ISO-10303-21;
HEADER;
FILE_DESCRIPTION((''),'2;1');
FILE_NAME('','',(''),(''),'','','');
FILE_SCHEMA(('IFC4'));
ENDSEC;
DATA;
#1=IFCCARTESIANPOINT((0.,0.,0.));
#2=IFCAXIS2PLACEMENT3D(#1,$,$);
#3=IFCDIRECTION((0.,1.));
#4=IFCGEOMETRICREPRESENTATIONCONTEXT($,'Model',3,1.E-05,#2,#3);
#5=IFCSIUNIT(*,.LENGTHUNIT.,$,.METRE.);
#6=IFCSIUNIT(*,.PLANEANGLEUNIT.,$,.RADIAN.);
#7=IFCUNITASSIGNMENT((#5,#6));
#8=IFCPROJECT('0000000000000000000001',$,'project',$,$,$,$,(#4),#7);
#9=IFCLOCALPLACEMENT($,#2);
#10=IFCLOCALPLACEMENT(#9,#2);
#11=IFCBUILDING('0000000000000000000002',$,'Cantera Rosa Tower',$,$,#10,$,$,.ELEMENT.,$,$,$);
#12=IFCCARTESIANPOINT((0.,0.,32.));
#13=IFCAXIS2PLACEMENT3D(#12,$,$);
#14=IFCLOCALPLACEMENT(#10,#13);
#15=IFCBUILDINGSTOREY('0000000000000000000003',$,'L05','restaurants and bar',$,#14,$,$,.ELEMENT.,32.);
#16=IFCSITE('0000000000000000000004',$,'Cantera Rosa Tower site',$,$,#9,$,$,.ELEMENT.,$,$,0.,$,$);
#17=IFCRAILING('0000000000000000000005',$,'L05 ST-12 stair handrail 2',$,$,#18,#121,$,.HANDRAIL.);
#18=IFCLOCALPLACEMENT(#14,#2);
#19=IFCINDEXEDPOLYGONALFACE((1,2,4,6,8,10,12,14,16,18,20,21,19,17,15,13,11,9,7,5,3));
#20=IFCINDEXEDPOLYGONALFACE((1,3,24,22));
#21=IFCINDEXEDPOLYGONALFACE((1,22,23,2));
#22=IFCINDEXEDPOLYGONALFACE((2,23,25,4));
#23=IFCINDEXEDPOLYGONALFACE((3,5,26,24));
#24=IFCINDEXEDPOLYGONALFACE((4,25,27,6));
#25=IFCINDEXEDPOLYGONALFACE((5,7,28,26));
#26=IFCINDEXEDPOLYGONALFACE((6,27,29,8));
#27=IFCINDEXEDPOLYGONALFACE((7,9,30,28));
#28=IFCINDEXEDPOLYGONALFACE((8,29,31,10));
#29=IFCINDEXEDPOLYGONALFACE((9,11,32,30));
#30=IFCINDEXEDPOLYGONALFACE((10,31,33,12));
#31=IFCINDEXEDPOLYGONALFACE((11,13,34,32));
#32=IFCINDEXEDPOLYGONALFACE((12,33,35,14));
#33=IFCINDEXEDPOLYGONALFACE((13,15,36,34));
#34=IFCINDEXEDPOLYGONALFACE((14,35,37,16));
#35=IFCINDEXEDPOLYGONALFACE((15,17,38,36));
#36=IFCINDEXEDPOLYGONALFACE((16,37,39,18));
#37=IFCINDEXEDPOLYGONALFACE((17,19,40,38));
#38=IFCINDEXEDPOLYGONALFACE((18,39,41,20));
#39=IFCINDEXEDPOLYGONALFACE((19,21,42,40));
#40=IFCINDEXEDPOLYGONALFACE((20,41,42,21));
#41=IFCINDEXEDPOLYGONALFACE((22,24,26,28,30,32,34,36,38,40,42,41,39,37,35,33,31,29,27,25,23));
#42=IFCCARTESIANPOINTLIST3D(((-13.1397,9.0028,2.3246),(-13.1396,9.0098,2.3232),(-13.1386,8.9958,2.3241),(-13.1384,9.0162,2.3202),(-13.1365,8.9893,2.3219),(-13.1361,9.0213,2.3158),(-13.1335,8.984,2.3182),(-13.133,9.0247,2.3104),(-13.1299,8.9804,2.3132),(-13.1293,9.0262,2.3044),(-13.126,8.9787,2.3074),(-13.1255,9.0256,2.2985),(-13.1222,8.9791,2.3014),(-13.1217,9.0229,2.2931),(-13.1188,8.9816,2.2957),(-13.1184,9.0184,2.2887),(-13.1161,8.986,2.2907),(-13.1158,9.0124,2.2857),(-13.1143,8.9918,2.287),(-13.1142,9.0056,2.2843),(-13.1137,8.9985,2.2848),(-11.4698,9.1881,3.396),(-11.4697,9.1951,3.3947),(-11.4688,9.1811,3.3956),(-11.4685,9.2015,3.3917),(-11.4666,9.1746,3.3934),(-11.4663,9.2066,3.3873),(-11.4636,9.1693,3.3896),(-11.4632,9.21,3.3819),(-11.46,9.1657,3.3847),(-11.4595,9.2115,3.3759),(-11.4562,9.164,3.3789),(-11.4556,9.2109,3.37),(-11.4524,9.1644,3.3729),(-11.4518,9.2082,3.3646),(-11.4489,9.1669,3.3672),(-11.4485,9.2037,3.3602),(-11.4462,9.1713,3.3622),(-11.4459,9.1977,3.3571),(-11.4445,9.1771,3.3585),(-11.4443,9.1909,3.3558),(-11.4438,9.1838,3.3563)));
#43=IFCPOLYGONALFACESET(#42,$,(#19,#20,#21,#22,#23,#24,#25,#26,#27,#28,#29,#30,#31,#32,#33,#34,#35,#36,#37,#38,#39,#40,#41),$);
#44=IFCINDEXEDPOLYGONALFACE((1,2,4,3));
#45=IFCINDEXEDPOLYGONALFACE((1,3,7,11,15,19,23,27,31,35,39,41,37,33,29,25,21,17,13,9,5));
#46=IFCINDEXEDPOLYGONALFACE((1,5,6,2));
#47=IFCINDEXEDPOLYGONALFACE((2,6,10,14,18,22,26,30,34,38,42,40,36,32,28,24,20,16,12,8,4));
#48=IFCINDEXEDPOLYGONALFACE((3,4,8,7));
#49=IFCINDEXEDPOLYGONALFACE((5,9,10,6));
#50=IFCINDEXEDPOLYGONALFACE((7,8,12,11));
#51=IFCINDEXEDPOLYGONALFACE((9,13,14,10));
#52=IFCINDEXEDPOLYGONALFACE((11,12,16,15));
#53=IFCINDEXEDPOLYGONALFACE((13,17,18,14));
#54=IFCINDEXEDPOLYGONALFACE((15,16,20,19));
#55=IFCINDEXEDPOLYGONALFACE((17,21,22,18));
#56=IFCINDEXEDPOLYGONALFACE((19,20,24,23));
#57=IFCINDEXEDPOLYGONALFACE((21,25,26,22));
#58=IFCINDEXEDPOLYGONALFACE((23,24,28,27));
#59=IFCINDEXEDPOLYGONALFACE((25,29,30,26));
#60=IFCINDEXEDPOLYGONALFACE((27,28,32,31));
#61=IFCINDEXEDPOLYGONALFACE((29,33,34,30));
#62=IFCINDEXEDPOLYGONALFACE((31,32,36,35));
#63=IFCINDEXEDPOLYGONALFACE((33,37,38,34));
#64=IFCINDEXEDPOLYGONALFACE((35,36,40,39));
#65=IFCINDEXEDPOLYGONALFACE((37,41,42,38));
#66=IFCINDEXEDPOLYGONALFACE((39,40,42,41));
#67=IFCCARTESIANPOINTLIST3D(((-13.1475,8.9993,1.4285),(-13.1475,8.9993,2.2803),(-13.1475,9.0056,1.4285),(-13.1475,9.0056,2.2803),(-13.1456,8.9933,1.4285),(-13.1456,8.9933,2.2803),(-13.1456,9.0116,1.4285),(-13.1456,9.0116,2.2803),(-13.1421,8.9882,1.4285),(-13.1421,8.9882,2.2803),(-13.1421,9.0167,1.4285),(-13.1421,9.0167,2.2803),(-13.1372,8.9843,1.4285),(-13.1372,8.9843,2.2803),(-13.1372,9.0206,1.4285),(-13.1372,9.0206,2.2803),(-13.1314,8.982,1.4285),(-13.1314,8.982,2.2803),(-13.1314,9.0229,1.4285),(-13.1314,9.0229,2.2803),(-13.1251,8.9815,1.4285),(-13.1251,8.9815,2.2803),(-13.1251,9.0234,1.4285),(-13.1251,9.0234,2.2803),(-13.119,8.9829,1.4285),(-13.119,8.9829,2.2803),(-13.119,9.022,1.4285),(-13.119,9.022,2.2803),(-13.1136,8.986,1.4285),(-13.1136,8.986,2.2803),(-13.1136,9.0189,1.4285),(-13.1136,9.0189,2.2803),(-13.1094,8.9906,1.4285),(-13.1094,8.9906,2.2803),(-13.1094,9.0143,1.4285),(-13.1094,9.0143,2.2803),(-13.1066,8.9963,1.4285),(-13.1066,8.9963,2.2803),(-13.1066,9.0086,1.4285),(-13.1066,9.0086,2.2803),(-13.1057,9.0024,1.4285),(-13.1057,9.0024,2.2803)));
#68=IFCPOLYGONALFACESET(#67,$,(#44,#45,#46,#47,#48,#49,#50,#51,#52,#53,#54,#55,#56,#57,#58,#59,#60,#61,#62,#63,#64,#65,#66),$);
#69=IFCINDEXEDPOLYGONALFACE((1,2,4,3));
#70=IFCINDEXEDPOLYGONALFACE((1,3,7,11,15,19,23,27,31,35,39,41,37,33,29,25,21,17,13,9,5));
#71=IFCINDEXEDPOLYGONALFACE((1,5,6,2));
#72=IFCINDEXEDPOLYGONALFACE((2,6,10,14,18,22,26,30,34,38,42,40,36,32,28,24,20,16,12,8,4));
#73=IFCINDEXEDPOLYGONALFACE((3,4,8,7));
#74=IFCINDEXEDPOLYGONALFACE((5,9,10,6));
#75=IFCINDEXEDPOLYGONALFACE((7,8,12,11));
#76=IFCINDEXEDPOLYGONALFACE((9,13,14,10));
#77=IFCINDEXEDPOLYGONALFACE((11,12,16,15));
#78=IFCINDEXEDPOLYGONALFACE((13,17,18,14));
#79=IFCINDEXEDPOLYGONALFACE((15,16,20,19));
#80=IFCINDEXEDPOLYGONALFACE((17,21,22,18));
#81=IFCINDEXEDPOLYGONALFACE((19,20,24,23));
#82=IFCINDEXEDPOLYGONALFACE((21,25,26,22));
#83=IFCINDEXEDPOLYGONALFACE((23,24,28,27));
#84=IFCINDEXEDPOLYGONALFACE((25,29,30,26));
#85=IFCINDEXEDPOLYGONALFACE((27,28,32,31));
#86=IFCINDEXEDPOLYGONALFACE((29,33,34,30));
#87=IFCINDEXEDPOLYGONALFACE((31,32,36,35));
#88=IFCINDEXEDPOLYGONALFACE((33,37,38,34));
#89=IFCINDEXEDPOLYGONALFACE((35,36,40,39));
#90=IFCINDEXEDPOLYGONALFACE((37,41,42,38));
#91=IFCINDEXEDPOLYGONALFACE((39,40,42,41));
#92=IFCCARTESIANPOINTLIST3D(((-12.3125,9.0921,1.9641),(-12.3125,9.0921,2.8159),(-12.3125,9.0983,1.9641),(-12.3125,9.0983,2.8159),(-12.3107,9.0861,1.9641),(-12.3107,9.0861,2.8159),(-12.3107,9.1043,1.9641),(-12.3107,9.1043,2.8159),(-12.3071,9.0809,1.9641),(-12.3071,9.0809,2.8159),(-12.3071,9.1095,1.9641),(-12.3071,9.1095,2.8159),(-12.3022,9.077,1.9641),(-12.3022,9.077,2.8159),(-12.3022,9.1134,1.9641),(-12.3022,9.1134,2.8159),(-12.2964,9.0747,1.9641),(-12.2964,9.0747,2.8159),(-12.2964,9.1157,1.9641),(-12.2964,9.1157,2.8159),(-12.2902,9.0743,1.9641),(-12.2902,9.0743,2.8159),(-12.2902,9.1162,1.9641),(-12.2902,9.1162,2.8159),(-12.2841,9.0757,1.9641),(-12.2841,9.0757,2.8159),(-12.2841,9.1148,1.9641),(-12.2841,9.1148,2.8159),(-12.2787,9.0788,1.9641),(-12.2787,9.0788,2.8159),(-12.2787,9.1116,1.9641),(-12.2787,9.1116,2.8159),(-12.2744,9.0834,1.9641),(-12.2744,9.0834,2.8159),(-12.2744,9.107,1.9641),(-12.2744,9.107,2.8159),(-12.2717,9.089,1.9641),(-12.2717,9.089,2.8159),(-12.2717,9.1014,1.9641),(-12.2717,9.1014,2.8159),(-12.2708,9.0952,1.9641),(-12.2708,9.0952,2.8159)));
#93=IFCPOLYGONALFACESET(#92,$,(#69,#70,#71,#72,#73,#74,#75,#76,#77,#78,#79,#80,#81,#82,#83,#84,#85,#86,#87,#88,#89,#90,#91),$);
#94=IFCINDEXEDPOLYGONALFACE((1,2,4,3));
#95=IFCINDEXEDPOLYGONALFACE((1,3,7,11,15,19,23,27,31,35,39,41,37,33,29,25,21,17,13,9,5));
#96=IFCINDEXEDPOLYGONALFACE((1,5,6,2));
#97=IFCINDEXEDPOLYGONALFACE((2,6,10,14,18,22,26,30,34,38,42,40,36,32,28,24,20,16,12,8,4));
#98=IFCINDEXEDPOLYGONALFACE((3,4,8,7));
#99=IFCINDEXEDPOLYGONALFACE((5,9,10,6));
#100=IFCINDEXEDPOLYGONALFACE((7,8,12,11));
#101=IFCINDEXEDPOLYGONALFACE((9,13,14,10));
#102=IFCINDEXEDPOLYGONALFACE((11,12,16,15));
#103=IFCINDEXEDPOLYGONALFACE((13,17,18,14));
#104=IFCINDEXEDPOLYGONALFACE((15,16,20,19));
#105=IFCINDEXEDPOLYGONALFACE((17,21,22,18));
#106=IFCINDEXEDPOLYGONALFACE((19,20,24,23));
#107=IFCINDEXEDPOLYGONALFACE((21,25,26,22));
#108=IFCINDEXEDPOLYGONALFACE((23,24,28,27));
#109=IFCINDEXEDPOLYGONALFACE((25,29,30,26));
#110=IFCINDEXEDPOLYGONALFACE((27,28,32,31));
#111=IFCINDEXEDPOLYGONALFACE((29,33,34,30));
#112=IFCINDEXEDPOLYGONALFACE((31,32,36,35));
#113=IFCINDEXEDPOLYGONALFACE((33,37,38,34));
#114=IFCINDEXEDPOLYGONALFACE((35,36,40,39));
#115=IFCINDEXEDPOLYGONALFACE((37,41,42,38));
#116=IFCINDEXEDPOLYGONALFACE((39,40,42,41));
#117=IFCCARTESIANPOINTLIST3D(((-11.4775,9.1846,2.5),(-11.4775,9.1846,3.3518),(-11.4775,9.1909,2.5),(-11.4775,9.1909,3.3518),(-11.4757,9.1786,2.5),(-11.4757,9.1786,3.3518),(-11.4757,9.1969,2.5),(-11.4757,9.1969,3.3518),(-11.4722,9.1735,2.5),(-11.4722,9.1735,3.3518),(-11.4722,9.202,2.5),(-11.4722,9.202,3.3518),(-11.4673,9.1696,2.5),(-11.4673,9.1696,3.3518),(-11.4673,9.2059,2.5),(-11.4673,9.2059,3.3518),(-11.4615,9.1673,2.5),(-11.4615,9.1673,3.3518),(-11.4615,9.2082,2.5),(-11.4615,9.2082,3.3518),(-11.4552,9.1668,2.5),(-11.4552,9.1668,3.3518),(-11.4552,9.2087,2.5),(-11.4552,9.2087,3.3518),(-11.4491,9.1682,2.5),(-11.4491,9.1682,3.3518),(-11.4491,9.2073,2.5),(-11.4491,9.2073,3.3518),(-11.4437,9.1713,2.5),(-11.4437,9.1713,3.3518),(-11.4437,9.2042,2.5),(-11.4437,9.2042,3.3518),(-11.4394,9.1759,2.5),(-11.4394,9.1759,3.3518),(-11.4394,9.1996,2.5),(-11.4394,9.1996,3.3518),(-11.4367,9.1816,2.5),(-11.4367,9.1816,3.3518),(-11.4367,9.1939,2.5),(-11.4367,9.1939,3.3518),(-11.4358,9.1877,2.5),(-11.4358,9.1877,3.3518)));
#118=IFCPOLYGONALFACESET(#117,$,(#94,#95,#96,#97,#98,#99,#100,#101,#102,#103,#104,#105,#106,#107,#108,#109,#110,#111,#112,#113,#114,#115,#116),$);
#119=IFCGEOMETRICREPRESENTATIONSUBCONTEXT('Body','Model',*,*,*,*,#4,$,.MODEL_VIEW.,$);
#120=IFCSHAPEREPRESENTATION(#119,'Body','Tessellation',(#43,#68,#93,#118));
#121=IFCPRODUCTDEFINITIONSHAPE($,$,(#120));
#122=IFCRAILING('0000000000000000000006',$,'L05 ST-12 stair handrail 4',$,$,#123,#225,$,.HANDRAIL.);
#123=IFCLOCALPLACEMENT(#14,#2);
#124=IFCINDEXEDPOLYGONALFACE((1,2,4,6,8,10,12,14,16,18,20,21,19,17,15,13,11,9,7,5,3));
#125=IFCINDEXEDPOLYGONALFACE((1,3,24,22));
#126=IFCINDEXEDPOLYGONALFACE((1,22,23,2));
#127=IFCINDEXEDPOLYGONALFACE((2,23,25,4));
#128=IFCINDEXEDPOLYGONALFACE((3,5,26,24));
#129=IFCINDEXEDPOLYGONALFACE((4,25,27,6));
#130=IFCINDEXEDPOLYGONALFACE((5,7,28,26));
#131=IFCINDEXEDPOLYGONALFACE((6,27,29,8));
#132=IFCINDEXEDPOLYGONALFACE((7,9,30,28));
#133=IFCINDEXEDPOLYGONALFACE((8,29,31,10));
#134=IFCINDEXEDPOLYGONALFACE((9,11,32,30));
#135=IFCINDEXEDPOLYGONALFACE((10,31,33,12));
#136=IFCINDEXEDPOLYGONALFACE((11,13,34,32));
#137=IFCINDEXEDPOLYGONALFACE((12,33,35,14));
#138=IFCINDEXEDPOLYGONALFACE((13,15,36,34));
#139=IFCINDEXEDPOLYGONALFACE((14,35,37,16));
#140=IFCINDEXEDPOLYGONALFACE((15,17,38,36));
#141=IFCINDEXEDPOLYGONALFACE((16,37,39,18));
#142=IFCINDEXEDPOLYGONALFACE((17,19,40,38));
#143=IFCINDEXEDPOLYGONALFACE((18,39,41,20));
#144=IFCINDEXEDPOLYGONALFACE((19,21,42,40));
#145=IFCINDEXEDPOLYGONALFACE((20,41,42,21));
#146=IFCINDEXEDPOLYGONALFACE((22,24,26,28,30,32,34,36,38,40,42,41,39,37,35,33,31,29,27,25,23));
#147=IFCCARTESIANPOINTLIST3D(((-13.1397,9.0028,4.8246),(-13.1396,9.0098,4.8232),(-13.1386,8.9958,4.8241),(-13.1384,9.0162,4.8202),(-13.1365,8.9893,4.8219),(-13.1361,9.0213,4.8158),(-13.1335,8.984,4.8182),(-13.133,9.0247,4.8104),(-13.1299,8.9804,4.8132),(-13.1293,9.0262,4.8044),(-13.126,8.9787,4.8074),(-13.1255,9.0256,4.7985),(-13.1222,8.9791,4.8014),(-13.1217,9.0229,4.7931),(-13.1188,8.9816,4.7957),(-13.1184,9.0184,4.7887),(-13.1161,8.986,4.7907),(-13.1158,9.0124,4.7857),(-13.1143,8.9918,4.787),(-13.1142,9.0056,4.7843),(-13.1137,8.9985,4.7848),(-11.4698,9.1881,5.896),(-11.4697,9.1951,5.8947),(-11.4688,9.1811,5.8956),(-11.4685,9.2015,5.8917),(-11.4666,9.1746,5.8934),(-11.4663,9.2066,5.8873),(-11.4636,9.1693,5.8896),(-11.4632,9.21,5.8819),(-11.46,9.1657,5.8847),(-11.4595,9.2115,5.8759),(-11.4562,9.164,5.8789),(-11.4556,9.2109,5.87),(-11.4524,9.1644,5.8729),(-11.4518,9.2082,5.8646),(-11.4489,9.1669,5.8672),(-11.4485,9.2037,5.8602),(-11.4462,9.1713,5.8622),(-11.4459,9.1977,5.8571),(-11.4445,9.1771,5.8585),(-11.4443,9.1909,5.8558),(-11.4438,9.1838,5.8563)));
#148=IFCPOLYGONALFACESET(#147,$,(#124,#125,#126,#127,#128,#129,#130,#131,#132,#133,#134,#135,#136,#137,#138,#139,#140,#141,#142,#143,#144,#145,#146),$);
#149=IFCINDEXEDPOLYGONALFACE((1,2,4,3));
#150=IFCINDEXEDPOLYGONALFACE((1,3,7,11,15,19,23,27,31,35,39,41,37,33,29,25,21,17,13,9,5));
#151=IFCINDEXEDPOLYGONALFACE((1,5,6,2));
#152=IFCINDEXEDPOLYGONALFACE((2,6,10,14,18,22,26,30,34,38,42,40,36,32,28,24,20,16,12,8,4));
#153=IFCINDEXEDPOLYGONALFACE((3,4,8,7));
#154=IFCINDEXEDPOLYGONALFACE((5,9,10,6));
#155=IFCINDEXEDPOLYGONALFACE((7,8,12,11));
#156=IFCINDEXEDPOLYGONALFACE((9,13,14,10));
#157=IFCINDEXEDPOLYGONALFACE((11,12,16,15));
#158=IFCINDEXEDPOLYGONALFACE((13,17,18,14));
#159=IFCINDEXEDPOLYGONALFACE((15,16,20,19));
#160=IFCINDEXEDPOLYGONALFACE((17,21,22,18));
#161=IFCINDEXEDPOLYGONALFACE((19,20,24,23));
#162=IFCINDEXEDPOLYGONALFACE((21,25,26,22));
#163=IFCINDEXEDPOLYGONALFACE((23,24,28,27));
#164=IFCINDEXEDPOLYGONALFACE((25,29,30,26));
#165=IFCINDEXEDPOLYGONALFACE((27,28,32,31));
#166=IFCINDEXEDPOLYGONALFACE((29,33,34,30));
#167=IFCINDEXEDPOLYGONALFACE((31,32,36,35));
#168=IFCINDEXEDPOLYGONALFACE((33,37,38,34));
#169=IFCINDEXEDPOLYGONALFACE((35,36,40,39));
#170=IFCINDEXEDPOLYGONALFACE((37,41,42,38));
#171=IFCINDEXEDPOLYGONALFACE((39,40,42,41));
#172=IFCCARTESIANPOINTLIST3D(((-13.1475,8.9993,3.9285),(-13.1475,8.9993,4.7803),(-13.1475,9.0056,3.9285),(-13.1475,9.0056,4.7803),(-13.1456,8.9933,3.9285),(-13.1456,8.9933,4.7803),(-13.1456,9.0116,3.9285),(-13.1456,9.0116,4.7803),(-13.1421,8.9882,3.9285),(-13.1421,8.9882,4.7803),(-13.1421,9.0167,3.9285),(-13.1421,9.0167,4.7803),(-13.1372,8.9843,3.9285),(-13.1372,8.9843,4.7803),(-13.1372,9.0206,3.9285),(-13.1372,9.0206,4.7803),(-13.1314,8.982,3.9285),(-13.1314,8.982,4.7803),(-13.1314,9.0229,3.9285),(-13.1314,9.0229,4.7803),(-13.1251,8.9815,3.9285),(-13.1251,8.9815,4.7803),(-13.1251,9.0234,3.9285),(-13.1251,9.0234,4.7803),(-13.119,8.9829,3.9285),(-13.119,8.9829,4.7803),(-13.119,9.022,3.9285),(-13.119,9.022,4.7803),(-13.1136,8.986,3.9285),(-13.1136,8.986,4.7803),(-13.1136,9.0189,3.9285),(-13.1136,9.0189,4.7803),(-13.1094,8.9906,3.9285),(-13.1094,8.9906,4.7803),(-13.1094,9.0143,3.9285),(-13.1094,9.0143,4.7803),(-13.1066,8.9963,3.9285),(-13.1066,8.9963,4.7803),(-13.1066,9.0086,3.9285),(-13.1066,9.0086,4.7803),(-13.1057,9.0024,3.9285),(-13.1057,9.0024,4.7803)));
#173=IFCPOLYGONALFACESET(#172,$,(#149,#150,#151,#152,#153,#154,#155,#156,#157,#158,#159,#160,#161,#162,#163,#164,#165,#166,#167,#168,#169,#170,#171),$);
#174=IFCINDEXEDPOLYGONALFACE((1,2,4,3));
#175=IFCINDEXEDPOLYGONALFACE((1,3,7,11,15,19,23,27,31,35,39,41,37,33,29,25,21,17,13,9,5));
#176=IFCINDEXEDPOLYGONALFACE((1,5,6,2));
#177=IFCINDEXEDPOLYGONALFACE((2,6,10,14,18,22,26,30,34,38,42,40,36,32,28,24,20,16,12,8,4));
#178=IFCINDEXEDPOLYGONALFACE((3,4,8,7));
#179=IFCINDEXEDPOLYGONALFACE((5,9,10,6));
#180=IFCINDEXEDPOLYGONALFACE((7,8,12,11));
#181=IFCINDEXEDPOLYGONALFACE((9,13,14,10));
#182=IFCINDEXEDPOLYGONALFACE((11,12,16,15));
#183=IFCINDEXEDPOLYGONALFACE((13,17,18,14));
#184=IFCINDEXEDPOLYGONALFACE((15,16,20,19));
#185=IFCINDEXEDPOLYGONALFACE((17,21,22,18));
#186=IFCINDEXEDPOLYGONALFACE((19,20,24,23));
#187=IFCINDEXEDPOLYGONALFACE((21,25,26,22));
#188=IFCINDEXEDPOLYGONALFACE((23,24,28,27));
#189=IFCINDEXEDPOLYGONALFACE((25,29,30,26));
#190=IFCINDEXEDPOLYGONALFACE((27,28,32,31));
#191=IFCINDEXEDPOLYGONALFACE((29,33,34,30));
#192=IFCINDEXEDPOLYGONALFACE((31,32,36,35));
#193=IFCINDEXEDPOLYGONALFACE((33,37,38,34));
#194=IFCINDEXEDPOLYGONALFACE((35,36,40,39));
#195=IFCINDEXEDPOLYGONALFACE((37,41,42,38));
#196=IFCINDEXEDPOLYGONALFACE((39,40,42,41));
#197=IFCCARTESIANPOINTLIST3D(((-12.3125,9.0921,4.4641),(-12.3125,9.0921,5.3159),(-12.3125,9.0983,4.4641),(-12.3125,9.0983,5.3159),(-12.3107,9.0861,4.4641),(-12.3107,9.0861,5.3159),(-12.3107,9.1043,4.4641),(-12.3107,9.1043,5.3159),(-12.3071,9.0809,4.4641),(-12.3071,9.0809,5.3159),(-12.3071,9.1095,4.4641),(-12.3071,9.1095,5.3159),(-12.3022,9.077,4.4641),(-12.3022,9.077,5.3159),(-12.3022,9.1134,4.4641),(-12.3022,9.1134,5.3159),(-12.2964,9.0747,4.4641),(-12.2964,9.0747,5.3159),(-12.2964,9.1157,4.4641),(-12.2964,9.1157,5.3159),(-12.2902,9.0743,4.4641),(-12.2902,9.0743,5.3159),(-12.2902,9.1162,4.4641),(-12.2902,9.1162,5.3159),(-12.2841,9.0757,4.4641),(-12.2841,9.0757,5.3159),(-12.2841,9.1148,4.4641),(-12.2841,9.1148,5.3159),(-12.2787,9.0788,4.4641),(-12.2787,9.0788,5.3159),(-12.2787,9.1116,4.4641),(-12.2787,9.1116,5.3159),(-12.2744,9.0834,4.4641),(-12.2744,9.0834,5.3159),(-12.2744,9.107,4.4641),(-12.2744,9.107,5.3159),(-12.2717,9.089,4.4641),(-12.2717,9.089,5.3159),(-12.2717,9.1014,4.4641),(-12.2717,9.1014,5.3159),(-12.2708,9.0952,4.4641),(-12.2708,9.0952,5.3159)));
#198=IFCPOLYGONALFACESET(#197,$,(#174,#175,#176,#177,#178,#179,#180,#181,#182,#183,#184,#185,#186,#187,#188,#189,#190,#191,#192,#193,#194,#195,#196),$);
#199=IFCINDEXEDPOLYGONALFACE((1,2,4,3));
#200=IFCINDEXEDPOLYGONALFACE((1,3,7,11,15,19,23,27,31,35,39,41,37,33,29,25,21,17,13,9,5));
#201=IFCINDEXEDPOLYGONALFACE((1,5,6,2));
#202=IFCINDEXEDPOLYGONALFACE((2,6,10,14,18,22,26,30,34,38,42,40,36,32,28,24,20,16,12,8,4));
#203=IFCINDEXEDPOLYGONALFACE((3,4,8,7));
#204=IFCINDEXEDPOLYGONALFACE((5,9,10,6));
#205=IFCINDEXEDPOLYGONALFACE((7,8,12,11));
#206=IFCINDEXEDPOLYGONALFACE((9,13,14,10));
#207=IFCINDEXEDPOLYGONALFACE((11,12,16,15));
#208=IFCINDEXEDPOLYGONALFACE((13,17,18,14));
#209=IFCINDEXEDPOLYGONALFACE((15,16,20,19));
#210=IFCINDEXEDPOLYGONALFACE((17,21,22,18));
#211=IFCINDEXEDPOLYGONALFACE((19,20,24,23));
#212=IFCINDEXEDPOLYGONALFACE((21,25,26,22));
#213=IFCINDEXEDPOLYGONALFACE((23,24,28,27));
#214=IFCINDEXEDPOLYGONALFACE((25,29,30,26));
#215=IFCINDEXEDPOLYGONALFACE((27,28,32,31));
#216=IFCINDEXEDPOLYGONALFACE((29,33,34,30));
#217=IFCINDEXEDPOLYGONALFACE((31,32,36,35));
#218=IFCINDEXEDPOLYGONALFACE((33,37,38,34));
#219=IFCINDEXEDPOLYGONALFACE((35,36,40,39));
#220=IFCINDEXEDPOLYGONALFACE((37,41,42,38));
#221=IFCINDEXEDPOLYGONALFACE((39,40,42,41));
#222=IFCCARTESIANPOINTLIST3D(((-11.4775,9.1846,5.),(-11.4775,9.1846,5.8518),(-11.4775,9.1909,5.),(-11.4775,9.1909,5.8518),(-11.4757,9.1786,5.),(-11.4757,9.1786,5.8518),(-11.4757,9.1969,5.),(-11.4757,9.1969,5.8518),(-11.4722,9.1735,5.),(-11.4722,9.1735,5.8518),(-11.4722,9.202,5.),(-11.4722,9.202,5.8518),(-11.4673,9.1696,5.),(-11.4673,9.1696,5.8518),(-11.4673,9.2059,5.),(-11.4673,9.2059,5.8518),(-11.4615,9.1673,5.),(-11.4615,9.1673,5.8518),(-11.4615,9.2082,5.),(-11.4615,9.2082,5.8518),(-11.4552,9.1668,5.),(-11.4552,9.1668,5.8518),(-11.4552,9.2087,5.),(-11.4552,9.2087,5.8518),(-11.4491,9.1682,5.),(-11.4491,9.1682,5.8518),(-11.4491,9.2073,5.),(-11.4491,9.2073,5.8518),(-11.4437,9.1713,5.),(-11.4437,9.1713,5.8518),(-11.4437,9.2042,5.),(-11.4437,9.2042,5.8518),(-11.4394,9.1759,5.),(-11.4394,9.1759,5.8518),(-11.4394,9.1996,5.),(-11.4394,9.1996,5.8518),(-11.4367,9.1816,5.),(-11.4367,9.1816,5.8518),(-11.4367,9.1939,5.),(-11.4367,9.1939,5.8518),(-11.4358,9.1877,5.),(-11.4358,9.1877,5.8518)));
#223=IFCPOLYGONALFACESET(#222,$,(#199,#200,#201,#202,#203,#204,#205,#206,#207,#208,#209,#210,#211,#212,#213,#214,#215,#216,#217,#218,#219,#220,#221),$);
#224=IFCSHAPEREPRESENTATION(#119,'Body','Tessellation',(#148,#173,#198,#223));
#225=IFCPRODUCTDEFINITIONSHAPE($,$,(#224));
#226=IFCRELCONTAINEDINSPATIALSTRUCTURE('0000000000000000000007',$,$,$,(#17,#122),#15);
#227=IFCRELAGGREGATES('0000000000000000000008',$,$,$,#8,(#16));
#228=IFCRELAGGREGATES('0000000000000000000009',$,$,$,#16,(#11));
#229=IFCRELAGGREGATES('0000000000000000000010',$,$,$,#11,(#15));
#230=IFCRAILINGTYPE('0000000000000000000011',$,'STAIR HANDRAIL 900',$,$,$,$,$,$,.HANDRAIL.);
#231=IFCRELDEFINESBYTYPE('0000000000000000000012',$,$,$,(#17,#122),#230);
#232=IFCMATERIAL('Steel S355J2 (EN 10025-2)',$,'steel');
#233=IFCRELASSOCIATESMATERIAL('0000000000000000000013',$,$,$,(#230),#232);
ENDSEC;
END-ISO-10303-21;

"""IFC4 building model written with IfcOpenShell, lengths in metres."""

from ifc_helpers import new_model, si_unit, direction, frame, origin, origin_2d, place, context, subcontext, project, spatial, circle, extrude, material, type_object, element, save


model = new_model("IFC4")

# Units and contexts
model_context = context("Model", 3, precision=1e-05, world=origin(), true_north=direction((0.0, 1.0)))
body_context = subcontext(model_context, "Body", "Model", "MODEL_VIEW")
ifc_project = project(units=[si_unit("LENGTHUNIT", "METRE"), si_unit("PLANEANGLEUNIT", "RADIAN")], contexts=[model_context])

# Site, building, storey
site_placement = place(None, origin())
site = spatial("IfcSite", under=ifc_project, at=site_placement, Name="Cantera Rosa Tower site", CompositionType="ELEMENT", RefElevation=0.0)
building_placement = place(site_placement, origin())
building = spatial("IfcBuilding", under=site, at=building_placement, Name="Cantera Rosa Tower", CompositionType="ELEMENT")
storey_placement = place(building_placement, frame((0.0, 0.0, 32.0)))
storey = spatial("IfcBuildingStorey", under=building, at=storey_placement, Name="L05", Description="restaurants and bar", CompositionType="ELEMENT", Elevation=32.0)

# Railings
ifc_material_1 = material(Name="Steel S355J2 (EN 10025-2)", Category="steel")
railing_type = type_object("IfcRailingType", Name="STAIR HANDRAIL 900", PredefinedType="HANDRAIL", material=ifc_material_1)
for number, where, name in (
    (1, (-13.1267, 9.0024, 1.4285), "L05 ST-12 stair handrail 2"),
    (2, (-13.1267, 9.0024, 3.9285), "L05 ST-12 stair handrail 4"),
):
    element("IfcRailing", number, at=place(storey_placement, frame(where)), inside=storey, type_object=railing_type, Name=name, PredefinedType="HANDRAIL", context=body_context, shape_type="SweptSolid", body=[
        extrude(circle(Radius=0.0239, at=origin_2d()), frame((0.0, 0.0, 0.876), z_axis=(0.837987, 0.092987, 0.537709), x_axis=(-0.110288, 0.9939, 0.0)), (0.0, 0.0, 1.0), 1.9927),
        extrude(circle(Radius=0.021, at=origin_2d()), origin(), (0.0, 0.0, 1.0), 0.8518),
        extrude(circle(Radius=0.021, at=origin_2d()), frame((0.835, 0.0928, 0.5356)), (0.0, 0.0, 1.0), 0.8518),
        extrude(circle(Radius=0.021, at=origin_2d()), frame((1.6699, 0.1853, 1.0715)), (0.0, 0.0, 1.0), 0.8518),
    ])

save(model, "model.ifc")
